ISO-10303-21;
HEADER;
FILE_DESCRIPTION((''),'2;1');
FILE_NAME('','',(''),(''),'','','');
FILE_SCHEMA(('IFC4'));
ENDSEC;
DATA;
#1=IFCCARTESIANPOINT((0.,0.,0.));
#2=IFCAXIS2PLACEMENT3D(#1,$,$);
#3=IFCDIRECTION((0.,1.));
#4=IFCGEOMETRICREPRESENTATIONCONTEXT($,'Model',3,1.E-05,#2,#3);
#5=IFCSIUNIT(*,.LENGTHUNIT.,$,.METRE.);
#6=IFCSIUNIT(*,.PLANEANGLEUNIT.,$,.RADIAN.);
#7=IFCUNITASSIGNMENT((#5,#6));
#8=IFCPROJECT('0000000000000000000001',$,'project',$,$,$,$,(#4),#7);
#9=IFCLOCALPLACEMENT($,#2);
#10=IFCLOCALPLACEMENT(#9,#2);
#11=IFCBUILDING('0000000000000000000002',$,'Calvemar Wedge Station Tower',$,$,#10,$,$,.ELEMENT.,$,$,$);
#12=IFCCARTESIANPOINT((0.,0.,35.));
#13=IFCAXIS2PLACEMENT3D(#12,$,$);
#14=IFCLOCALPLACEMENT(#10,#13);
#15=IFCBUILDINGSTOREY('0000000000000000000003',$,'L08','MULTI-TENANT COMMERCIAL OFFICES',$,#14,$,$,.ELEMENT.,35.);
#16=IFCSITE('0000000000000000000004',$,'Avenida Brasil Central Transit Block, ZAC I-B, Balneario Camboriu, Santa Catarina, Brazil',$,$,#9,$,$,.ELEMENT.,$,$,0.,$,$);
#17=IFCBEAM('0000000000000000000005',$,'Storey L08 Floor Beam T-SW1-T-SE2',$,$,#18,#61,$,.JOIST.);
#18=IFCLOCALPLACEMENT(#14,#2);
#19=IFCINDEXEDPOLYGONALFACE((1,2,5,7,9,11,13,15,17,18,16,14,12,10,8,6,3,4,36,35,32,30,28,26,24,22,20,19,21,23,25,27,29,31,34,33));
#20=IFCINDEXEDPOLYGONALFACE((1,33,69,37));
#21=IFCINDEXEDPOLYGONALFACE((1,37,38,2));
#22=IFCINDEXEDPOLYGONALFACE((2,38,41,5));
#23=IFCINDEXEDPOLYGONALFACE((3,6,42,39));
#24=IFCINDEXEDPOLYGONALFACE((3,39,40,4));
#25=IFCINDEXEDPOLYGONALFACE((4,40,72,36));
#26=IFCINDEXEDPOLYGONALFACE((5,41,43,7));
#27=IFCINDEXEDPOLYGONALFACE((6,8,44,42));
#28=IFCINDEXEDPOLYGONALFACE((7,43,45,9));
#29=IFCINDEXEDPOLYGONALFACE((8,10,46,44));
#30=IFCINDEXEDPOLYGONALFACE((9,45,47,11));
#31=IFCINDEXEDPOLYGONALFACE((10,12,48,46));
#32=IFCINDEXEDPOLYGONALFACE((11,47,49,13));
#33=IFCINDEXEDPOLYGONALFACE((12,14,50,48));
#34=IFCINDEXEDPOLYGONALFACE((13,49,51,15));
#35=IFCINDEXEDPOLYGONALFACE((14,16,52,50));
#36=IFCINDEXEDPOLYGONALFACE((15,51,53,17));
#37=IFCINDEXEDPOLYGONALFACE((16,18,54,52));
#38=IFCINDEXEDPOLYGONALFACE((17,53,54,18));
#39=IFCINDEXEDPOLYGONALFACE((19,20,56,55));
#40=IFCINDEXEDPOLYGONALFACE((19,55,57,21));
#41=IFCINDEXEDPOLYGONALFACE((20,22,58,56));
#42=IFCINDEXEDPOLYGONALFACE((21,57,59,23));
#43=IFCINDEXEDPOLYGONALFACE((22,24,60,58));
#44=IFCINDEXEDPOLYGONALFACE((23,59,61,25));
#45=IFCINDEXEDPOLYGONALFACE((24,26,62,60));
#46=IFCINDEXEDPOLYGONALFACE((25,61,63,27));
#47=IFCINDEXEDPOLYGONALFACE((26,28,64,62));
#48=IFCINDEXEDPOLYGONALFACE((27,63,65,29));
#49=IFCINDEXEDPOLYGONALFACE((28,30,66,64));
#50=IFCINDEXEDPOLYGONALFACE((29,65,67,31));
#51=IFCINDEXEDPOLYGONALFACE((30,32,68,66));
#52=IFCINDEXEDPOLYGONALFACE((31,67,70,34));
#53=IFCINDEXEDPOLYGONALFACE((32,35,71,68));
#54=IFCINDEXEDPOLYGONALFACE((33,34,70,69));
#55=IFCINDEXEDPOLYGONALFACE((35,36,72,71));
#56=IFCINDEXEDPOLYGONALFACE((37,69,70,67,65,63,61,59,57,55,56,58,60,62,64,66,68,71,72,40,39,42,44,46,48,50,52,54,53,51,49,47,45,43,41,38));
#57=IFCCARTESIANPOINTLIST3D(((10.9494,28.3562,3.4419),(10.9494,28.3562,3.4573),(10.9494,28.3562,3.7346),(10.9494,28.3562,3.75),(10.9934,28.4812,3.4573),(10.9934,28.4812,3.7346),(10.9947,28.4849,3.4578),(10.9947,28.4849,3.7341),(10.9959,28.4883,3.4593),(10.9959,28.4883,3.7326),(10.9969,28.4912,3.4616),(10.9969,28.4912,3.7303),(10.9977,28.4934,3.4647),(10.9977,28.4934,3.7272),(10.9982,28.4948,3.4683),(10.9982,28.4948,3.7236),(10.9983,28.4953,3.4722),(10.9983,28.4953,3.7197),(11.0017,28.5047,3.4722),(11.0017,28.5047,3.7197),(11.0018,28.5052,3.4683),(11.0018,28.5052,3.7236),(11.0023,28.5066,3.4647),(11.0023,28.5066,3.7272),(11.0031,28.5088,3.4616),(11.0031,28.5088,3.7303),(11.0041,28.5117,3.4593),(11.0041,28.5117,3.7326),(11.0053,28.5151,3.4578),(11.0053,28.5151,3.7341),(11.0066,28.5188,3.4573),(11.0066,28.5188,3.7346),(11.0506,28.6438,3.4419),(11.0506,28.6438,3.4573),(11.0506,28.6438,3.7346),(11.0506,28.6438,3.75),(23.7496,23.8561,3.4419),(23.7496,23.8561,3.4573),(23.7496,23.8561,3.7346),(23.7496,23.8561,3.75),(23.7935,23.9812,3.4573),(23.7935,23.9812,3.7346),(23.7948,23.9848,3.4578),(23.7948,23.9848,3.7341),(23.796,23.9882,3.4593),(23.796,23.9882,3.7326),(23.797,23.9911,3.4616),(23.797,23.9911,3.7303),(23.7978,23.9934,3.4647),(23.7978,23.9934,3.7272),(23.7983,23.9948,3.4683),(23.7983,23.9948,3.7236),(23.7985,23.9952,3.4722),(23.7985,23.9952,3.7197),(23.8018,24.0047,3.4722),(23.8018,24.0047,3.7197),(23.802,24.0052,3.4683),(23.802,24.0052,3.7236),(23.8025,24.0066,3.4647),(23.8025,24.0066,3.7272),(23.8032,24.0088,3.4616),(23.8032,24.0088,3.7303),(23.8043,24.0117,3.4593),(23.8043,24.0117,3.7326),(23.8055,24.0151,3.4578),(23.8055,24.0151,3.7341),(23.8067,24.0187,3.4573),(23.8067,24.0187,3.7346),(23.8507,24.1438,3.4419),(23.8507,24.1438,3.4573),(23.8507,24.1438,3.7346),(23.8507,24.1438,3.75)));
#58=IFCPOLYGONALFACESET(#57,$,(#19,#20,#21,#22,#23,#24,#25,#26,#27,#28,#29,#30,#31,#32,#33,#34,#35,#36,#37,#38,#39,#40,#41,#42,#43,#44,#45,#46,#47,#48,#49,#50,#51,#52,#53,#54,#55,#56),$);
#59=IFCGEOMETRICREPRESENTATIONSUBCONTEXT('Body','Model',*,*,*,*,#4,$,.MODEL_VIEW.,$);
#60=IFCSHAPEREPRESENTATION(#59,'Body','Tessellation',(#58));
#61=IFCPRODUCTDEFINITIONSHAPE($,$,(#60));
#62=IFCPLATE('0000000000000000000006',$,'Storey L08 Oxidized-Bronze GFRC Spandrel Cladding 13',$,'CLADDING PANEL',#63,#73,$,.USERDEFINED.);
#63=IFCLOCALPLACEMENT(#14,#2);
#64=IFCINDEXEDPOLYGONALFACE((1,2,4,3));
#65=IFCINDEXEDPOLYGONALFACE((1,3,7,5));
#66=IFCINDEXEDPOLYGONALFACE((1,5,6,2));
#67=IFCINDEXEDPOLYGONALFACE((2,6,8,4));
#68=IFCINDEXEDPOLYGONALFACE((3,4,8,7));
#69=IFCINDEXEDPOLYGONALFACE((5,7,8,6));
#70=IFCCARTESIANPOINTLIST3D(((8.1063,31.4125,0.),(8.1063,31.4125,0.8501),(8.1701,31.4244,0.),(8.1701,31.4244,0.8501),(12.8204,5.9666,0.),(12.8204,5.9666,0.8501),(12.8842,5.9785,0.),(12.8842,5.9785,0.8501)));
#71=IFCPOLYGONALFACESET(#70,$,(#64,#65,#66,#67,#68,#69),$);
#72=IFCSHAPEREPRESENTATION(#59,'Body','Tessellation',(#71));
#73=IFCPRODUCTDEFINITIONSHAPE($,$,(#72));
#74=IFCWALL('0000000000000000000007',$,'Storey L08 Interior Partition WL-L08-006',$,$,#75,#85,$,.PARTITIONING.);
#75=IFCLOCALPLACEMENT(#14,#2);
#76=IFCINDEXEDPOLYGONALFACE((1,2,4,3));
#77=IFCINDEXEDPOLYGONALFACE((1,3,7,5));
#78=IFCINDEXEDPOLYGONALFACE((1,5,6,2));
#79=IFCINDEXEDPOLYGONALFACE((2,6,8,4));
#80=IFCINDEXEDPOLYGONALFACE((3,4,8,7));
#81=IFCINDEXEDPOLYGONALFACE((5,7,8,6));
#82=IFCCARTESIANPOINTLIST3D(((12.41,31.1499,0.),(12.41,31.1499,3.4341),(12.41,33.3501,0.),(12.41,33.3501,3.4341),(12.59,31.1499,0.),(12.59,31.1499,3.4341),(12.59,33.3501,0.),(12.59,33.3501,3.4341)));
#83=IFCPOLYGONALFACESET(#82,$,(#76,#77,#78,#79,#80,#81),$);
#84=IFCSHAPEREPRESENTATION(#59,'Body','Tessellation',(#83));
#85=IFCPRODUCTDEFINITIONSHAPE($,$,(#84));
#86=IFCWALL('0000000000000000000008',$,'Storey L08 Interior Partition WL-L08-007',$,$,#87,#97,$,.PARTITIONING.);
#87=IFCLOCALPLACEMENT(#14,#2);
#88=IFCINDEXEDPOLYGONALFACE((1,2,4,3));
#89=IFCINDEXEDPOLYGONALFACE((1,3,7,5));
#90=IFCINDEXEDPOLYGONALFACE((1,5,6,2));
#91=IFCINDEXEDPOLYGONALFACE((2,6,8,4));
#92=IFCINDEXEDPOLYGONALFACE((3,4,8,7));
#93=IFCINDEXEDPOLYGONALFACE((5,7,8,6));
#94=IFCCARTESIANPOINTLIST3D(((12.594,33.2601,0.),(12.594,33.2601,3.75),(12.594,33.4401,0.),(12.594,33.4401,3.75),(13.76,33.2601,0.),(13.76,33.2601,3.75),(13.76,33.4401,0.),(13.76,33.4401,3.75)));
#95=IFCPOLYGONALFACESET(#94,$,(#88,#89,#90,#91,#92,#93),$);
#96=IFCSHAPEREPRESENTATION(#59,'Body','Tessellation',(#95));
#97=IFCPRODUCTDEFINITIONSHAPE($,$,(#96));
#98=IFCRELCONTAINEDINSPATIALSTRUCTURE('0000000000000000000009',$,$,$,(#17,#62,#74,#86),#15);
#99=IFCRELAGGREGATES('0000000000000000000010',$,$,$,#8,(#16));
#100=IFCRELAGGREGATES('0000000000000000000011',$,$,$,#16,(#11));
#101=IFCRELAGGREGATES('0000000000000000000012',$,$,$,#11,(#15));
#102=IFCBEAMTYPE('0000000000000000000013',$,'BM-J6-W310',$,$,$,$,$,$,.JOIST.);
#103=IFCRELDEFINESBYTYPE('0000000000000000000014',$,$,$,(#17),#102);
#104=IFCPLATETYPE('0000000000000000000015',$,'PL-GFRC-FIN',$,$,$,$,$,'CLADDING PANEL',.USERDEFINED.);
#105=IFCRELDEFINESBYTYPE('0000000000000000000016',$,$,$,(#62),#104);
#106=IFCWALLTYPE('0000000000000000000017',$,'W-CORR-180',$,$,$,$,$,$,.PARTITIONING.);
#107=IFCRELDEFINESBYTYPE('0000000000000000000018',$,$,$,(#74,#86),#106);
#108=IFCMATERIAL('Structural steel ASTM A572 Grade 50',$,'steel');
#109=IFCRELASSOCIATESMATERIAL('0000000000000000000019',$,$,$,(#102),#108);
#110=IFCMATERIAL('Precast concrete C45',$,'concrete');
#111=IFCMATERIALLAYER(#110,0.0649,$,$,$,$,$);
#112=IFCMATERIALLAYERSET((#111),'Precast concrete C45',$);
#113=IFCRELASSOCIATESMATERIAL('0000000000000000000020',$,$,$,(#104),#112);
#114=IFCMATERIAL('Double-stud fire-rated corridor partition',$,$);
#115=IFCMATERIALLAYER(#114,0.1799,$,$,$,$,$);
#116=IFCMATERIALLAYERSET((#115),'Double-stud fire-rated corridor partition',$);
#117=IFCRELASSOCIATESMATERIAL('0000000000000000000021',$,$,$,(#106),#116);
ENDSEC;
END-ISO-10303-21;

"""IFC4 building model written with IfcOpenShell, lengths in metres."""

from ifc_helpers import new_model, si_unit, direction, frame, frame_2d, origin, origin_2d, place, context, subcontext, project, spatial, rectangle, i_section, extrude, source, transform, mapped, material, layer, layer_set, material_profile, profile_set, type_object, element, save


model = new_model("IFC4")

# Units and contexts
model_context = context("Model", 3, precision=1e-05, world=origin(), true_north=direction((0.0, 1.0)))
body_context = subcontext(model_context, "Body", "Model", "MODEL_VIEW")
ifc_project = project(units=[si_unit("LENGTHUNIT", "METRE"), si_unit("PLANEANGLEUNIT", "RADIAN")], contexts=[model_context])

# Site, building, storey
site_placement = place(None, origin())
site = spatial("IfcSite", under=ifc_project, at=site_placement, Name="Avenida Brasil Central Transit Block, ZAC I-B, Balneario Camboriu, Santa Catarina, Brazil", CompositionType="ELEMENT", RefElevation=0.0)
building_placement = place(site_placement, origin())
building = spatial("IfcBuilding", under=site, at=building_placement, Name="Calvemar Wedge Station Tower", CompositionType="ELEMENT")
storey_placement = place(building_placement, frame((0.0, 0.0, 35.0)))
storey = spatial("IfcBuildingStorey", under=building, at=storey_placement, Name="L08", Description="MULTI-TENANT COMMERCIAL OFFICES", CompositionType="ELEMENT", Elevation=35.0)

# Beam
ifc_material_1 = material(Name="Structural steel ASTM A572 Grade 50", Category="steel")
ifc_material_profile_1 = material_profile(ifc_material_1, i_section(OverallWidth=0.3049, OverallDepth=0.3081, WebThickness=0.01, FlangeThickness=0.0154, FilletRadius=0.0149, at=origin_2d()), Name="W310x97")
ifc_profile_set_1 = profile_set([ifc_material_profile_1], Name="Structural steel ASTM A572 Grade 50")
beam_type_1 = type_object("IfcBeamType", Name="BM-J6-W310", PredefinedType="JOIST", material=ifc_profile_set_1)
shared_shape_1 = source(origin(), body_context, "Body", "SweptSolid", [
    extrude(i_section(OverallWidth=0.3049, OverallDepth=0.3081, WebThickness=0.01, FlangeThickness=0.0154, FilletRadius=0.0149, at=origin_2d()), origin(), (0.0, 0.0, 1.0), 13.5681),
])
for number, where, z_axis, x_axis, name in (
    (1, (11.0, 28.5, 3.5959), (0.943398, -0.331662, 0.0), (0.331662, 0.943398, 0.0), "Storey L08 Floor Beam T-SW1-T-SE2"),
):
    element("IfcBeam", number, at=place(storey_placement, frame(where, z_axis=z_axis, x_axis=x_axis)), inside=storey, type_object=beam_type_1, Name=name, PredefinedType="JOIST", context=body_context, shape_type="MappedRepresentation", body=[
        mapped(shared_shape_1, transform((0.0, 0.0, 0.0), scale=1.0)),
    ])

# Plate
ifc_material_2 = material(Name="Precast concrete C45", Category="concrete")
ifc_layer_1 = layer(ifc_material_2, 0.0649)
ifc_layer_set_1 = layer_set([ifc_layer_1], Name="Precast concrete C45")
plate_type = type_object("IfcPlateType", Name="PL-GFRC-FIN", ElementType="CLADDING PANEL", PredefinedType="USERDEFINED", material=ifc_layer_set_1)
plate_placement = place(storey_placement, frame((8.1382, 31.4185, 0.0), z_axis=(0.0, 0.0, 1.0), x_axis=(0.182161, -0.983269, 0.0)))
element("IfcPlate", 2, at=plate_placement, inside=storey, type_object=plate_type, Name="Storey L08 Oxidized-Bronze GFRC Spandrel Cladding 13", ObjectType="CLADDING PANEL", PredefinedType="USERDEFINED", context=body_context, shape_type="SweptSolid", body=[
    extrude(rectangle(XDim=25.8789, YDim=0.0649, at=frame_2d((12.9395, 0.0))), origin(), (0.0, 0.0, 1.0), 0.8501),
])

# Walls
ifc_material_3 = material(Name="Double-stud fire-rated corridor partition")
ifc_layer_2 = layer(ifc_material_3, 0.1799)
ifc_layer_set_2 = layer_set([ifc_layer_2], Name="Double-stud fire-rated corridor partition")
wall_type_1 = type_object("IfcWallType", Name="W-CORR-180", PredefinedType="PARTITIONING", material=ifc_layer_set_2)
wall_1_placement = place(storey_placement, frame((12.5, 31.1499, 0.0), z_axis=(0.0, 0.0, 1.0), x_axis=(0.0, 1.0, 0.0)))
element("IfcWall", 3, at=wall_1_placement, inside=storey, type_object=wall_type_1, Name="Storey L08 Interior Partition WL-L08-006", PredefinedType="PARTITIONING", context=body_context, shape_type="SweptSolid", body=[
    extrude(rectangle(XDim=2.2002, YDim=0.1799, at=frame_2d((1.1001, 0.0))), origin(), (0.0, 0.0, 1.0), 3.4341),
])
wall_2_placement = place(storey_placement, frame((12.594, 33.3501, 0.0), z_axis=(0.0, 0.0, 1.0), x_axis=(1.0, 0.0, 0.0)))
element("IfcWall", 4, at=wall_2_placement, inside=storey, type_object=wall_type_1, Name="Storey L08 Interior Partition WL-L08-007", PredefinedType="PARTITIONING", context=body_context, shape_type="SweptSolid", body=[
    extrude(rectangle(XDim=1.166, YDim=0.1799, at=frame_2d((0.583, 0.0))), origin(), (0.0, 0.0, 1.0), 3.75),
])

save(model, "model.ifc")
